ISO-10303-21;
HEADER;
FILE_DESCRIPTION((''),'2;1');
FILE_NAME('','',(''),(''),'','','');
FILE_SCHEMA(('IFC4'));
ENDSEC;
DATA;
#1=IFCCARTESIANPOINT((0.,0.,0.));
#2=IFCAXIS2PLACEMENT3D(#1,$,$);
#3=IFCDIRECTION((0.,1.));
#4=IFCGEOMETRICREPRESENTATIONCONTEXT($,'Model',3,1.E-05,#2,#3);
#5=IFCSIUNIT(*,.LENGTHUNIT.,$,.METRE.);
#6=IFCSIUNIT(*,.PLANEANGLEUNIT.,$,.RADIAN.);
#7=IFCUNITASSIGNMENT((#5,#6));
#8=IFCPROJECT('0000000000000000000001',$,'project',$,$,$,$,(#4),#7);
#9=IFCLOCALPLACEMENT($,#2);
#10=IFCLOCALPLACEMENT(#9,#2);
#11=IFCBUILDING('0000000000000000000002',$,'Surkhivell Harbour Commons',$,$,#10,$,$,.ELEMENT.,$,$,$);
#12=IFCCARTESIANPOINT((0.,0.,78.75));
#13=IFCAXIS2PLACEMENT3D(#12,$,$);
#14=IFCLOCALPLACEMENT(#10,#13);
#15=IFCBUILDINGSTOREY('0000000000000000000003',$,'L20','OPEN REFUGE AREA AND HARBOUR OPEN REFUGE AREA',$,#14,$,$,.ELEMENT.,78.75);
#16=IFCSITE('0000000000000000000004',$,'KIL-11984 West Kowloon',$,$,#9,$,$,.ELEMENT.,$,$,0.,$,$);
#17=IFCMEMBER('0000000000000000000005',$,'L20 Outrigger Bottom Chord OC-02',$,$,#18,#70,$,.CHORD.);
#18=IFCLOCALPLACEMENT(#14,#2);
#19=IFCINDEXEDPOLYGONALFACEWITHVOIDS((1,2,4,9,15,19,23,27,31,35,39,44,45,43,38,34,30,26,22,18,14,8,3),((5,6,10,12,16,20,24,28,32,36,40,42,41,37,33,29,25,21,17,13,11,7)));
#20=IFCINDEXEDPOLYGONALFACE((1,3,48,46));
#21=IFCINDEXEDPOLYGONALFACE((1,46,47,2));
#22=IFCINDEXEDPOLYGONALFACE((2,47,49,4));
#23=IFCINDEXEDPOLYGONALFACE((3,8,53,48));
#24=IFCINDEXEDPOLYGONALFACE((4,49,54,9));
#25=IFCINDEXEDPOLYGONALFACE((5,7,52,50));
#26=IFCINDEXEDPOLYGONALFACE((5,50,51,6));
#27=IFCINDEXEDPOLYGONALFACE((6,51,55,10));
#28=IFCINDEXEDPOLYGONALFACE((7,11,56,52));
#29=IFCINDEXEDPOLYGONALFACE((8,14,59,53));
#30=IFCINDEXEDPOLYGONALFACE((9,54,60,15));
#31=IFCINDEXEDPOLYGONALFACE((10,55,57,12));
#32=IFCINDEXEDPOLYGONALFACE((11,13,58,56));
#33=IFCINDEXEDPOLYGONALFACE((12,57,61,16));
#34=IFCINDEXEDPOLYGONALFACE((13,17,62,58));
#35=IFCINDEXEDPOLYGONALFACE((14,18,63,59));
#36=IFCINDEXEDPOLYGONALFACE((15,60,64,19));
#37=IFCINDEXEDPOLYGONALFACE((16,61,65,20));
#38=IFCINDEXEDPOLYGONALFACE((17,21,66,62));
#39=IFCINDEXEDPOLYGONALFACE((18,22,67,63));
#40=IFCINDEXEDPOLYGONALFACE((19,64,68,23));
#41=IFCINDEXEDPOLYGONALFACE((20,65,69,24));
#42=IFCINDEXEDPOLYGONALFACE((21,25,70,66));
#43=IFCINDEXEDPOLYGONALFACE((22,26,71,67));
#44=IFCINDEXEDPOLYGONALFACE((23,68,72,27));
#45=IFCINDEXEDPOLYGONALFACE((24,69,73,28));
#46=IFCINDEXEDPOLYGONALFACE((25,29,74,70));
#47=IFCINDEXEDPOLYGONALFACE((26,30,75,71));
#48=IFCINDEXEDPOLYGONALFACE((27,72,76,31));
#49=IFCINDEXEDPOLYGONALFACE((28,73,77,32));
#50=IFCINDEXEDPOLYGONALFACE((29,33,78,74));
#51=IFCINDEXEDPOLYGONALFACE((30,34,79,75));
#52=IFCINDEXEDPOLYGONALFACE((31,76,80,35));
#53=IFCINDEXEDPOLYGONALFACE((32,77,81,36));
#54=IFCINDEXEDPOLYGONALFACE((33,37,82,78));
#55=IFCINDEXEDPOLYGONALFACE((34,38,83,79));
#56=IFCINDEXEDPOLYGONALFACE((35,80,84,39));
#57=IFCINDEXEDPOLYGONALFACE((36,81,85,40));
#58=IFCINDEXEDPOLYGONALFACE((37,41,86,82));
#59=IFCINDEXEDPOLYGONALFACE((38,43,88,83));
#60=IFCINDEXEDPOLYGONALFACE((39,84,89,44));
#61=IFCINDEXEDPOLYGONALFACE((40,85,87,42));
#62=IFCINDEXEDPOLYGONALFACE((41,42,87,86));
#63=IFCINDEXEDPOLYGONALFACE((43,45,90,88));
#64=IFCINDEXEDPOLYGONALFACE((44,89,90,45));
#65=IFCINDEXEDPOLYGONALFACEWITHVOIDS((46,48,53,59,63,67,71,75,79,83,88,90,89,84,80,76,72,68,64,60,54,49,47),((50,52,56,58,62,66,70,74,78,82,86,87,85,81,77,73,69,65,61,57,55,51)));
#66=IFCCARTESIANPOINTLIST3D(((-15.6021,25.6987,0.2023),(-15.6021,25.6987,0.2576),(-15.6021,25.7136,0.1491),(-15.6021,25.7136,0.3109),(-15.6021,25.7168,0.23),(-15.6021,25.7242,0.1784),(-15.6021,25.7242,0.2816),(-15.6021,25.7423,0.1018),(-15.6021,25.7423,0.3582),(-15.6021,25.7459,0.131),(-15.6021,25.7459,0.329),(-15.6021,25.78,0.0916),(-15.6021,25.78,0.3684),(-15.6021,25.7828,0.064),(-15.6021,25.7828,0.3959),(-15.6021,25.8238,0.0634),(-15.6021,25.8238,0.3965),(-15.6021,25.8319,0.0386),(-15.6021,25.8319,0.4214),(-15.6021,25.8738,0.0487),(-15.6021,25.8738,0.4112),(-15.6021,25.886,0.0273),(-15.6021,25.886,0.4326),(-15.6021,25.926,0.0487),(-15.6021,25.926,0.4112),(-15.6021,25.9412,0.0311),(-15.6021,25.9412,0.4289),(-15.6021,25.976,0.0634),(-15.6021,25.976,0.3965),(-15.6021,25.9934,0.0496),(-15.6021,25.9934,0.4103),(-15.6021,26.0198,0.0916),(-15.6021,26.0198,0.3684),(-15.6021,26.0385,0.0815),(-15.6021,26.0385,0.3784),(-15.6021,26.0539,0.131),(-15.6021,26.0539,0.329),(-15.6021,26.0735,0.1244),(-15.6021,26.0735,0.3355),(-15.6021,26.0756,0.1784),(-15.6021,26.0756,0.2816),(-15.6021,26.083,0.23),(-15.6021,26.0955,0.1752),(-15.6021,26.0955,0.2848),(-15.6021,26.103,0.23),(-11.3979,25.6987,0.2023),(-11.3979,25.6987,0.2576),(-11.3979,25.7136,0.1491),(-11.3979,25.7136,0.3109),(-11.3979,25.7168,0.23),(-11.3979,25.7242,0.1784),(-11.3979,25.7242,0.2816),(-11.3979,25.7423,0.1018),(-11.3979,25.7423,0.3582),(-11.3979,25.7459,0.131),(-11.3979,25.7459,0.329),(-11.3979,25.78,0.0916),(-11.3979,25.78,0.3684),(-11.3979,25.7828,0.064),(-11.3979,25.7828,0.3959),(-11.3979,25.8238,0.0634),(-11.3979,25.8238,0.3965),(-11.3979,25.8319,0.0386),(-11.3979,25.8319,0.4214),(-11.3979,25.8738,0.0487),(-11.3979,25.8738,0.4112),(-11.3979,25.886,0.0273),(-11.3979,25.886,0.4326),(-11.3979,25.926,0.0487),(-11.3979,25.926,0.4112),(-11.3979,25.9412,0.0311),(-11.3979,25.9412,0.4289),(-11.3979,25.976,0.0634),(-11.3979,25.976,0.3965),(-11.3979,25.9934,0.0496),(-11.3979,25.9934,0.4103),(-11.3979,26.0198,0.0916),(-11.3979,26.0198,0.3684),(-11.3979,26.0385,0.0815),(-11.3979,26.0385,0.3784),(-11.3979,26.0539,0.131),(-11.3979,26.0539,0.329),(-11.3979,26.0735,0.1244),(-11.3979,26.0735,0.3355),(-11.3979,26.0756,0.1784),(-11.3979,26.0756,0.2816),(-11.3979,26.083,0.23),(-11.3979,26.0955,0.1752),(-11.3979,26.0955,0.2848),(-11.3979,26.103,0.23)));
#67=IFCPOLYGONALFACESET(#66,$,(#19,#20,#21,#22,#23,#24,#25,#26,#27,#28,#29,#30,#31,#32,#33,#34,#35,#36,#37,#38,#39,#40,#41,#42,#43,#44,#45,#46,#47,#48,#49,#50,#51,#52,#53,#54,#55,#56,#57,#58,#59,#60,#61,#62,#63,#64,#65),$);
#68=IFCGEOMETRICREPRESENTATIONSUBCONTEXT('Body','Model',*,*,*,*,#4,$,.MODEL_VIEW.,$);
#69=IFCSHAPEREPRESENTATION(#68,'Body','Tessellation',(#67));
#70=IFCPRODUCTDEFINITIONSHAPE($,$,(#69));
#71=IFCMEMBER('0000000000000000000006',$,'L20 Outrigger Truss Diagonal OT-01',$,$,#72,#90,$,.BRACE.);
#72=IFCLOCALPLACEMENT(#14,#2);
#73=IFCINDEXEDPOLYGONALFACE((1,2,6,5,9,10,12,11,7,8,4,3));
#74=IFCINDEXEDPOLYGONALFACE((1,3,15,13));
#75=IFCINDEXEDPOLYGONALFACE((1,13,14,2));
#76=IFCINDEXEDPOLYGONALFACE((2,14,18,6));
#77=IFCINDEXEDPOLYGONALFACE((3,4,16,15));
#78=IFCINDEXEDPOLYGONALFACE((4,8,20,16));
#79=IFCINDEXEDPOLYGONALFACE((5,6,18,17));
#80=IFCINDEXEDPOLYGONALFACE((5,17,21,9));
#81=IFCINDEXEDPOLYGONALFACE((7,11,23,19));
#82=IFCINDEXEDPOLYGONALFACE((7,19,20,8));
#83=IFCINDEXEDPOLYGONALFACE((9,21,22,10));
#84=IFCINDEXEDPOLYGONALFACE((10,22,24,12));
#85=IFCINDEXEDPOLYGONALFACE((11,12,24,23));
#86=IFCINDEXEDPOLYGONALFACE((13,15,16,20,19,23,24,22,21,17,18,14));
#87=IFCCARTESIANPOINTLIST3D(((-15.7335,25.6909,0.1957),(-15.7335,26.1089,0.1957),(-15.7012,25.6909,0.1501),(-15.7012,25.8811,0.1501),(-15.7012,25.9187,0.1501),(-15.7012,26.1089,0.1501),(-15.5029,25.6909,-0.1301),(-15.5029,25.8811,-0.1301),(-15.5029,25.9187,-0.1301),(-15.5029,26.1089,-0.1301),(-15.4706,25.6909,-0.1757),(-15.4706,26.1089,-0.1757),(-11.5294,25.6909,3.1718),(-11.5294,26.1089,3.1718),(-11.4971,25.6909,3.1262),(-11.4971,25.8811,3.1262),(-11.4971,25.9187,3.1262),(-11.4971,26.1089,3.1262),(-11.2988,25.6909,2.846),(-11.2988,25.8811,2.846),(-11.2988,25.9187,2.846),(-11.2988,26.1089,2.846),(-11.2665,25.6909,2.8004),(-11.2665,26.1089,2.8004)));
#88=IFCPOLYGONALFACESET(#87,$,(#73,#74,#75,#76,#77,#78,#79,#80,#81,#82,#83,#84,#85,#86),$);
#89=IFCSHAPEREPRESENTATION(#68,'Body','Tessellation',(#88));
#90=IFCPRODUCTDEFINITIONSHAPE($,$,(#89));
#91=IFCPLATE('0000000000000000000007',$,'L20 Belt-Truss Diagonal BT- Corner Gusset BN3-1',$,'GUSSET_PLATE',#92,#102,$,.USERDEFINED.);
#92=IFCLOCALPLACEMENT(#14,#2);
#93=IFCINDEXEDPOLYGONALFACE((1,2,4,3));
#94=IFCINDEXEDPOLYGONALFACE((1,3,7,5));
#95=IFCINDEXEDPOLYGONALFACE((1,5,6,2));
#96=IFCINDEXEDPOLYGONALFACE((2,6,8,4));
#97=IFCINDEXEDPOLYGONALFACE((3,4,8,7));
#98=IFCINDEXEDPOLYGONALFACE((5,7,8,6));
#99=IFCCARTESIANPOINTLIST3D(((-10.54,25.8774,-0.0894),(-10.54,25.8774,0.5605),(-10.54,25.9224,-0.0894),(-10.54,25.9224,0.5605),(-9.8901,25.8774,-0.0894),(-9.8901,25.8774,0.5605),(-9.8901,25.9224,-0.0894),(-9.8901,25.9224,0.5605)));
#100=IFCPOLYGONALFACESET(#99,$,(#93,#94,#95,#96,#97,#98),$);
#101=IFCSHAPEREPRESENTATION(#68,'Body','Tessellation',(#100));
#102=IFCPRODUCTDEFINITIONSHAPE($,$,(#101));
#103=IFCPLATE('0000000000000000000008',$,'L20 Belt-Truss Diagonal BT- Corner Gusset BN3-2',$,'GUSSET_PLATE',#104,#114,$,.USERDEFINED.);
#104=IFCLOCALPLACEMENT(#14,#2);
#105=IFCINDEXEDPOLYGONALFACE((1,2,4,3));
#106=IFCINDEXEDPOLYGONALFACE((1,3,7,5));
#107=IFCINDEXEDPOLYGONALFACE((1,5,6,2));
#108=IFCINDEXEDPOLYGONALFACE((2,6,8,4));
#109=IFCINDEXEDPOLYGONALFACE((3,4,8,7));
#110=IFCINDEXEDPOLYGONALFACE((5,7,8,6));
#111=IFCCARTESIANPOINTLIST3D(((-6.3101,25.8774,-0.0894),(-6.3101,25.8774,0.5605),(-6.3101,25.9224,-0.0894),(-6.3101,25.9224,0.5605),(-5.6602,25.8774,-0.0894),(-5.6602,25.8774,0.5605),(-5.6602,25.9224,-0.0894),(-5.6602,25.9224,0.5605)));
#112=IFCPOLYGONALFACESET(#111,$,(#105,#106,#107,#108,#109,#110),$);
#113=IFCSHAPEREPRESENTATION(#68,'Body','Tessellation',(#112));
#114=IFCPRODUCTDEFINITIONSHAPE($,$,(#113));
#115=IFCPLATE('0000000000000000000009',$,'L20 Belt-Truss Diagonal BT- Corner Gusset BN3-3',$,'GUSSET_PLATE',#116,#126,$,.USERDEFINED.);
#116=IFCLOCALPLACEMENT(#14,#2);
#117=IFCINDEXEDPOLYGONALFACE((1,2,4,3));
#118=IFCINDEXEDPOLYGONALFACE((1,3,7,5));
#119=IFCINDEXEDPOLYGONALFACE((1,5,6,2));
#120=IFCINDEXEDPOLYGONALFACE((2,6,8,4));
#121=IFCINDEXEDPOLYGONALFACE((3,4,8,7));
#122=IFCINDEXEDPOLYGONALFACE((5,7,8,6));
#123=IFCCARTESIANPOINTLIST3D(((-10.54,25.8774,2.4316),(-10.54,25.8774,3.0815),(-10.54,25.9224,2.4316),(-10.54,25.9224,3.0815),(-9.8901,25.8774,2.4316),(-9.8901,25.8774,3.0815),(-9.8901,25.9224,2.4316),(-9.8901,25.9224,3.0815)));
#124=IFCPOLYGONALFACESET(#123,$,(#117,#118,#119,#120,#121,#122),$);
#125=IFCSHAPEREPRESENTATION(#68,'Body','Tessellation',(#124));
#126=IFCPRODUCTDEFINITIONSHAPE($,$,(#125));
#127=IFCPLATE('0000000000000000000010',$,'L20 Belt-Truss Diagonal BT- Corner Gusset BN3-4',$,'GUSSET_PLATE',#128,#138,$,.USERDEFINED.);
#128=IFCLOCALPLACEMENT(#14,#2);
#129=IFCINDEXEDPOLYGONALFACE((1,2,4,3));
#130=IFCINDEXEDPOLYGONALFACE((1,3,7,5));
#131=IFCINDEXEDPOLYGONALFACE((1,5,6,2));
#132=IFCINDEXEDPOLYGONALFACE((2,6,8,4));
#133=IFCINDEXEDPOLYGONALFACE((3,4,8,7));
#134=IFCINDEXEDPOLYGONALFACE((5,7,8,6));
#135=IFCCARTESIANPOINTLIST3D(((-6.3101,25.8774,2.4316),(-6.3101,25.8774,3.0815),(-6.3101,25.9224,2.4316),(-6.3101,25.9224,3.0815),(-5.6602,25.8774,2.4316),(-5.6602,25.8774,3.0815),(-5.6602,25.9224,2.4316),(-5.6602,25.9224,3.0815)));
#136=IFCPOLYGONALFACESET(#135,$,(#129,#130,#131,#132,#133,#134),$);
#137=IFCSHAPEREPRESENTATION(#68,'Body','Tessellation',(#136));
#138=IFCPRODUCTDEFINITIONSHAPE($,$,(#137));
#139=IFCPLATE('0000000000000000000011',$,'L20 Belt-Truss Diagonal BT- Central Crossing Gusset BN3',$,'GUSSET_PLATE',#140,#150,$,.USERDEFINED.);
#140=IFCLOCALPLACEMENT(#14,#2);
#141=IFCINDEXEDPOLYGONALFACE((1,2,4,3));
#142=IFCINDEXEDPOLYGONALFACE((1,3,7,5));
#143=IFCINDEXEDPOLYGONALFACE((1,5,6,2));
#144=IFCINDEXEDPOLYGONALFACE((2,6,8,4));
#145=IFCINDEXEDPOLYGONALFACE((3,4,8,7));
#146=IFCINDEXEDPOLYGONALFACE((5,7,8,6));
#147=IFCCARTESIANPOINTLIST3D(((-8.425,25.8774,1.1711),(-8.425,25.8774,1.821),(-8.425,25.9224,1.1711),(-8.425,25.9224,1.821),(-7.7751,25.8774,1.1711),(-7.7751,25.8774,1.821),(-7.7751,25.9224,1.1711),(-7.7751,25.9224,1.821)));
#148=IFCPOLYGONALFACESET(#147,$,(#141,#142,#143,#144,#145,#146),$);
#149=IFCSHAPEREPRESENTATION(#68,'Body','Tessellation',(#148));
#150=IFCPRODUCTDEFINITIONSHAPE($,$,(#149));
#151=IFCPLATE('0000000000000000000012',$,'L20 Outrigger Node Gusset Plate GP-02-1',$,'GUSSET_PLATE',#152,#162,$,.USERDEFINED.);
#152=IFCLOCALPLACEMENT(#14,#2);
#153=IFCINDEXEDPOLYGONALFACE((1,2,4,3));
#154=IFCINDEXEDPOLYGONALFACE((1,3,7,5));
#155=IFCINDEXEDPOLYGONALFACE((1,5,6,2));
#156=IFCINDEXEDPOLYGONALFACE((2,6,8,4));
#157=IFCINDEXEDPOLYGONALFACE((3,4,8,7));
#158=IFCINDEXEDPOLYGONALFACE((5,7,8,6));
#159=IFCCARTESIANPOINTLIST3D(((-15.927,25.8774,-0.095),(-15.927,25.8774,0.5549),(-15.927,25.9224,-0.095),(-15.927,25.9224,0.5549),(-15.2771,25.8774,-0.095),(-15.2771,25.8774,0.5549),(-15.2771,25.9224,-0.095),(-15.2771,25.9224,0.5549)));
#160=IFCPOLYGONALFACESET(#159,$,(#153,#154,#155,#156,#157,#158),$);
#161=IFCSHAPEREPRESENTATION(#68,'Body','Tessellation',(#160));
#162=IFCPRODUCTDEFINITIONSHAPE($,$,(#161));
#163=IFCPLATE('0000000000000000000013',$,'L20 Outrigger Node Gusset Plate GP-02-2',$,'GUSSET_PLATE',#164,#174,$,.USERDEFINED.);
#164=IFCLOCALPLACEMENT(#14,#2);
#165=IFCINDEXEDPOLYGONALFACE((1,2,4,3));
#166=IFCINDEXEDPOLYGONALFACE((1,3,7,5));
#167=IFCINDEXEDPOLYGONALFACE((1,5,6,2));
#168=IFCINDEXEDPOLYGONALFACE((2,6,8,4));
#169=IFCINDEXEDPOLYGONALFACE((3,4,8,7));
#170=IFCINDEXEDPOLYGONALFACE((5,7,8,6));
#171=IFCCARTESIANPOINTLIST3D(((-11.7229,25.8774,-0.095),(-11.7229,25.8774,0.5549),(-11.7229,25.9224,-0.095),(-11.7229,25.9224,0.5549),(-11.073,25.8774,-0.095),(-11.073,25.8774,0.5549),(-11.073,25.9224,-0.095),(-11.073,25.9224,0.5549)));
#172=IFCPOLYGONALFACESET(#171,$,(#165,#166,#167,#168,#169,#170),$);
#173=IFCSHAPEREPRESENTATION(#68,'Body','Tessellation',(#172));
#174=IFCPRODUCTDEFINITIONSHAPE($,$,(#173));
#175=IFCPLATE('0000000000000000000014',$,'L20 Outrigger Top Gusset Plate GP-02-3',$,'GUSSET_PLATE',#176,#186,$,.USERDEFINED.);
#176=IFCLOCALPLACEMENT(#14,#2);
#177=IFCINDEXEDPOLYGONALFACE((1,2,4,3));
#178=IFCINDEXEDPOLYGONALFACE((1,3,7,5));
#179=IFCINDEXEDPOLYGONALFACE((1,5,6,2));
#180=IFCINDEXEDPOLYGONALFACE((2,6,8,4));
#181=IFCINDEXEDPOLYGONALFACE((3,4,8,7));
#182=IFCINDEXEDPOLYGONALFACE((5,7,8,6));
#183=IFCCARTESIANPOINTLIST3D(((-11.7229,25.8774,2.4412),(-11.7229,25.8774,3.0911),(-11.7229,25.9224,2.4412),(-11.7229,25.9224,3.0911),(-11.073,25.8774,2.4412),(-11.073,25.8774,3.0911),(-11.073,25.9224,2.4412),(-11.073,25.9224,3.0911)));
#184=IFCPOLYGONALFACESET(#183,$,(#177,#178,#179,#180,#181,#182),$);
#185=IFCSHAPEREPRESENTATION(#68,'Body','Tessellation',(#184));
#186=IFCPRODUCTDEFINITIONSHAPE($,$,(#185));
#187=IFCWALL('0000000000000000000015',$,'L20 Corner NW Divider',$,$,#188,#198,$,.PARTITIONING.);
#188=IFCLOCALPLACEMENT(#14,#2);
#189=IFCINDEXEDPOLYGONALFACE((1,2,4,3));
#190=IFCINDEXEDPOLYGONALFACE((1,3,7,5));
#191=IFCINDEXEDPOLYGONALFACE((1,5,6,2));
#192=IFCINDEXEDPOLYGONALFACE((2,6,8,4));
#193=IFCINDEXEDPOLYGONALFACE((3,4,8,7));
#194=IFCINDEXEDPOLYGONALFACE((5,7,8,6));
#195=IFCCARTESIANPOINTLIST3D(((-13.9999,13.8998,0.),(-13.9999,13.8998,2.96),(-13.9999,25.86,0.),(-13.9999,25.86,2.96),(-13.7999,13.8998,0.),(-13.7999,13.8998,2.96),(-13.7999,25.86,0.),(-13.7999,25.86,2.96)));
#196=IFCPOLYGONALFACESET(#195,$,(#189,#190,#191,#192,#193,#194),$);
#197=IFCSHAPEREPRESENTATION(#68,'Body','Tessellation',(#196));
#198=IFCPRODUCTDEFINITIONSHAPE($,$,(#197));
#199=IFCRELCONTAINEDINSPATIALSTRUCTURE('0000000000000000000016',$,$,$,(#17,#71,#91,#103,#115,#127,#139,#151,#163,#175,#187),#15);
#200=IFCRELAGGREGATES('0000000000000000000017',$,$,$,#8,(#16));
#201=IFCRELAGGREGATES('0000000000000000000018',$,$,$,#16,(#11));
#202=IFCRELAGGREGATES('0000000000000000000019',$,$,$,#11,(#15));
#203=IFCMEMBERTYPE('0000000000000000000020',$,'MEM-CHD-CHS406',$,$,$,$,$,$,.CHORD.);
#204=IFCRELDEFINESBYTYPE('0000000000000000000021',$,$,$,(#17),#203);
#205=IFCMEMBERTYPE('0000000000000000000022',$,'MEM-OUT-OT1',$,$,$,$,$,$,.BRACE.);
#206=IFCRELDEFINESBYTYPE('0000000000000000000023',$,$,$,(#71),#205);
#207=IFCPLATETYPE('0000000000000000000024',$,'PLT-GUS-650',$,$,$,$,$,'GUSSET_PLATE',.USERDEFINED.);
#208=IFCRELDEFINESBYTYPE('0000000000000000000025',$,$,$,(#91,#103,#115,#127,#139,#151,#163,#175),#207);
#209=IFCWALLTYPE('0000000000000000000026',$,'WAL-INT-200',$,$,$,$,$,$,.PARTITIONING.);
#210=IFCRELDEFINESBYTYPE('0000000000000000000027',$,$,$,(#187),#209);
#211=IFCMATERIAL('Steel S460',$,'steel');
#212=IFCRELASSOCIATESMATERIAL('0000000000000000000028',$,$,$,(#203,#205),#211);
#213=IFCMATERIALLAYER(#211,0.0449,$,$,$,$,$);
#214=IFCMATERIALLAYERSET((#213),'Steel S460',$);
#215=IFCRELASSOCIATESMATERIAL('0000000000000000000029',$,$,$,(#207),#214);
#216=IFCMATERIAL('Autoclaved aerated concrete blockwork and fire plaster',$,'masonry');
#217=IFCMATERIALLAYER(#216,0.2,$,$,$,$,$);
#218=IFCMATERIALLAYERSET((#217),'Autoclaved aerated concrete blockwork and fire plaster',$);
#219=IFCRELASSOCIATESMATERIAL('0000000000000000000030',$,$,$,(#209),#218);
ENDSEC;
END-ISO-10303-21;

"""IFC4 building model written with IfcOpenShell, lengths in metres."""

from ifc_helpers import new_model, si_unit, direction, frame, frame_2d, origin, origin_2d, place, context, subcontext, project, spatial, rectangle, hollow_circle, i_section, extrude, material, layer, layer_set, material_profile, profile_set, type_object, element, save


model = new_model("IFC4")

# Units and contexts
model_context = context("Model", 3, precision=1e-05, world=origin(), true_north=direction((0.0, 1.0)))
body_context = subcontext(model_context, "Body", "Model", "MODEL_VIEW")
ifc_project = project(units=[si_unit("LENGTHUNIT", "METRE"), si_unit("PLANEANGLEUNIT", "RADIAN")], contexts=[model_context])

# Site, building, storey
site_placement = place(None, origin())
site = spatial("IfcSite", under=ifc_project, at=site_placement, Name="KIL-11984 West Kowloon", CompositionType="ELEMENT", RefElevation=0.0)
building_placement = place(site_placement, origin())
building = spatial("IfcBuilding", under=site, at=building_placement, Name="Surkhivell Harbour Commons", CompositionType="ELEMENT")
storey_placement = place(building_placement, frame((0.0, 0.0, 78.75)))
storey = spatial("IfcBuildingStorey", under=building, at=storey_placement, Name="L20", Description="OPEN REFUGE AREA AND HARBOUR OPEN REFUGE AREA", CompositionType="ELEMENT", Elevation=78.75)

# Shared definitions
ifc_material_1 = material(Name="Steel S460", Category="steel")

# Members
ifc_material_profile_1 = material_profile(ifc_material_1, hollow_circle(Radius=0.2031, WallThickness=0.02, at=origin_2d()), Name="CHS406x20")
ifc_profile_set_1 = profile_set([ifc_material_profile_1], Name="Steel S460")
member_type_1 = type_object("IfcMemberType", Name="MEM-CHD-CHS406", PredefinedType="CHORD", material=ifc_profile_set_1)
member_1_placement = place(storey_placement, frame((-15.6021, 25.8999, 0.23), z_axis=(1.0, 0.0, 0.0), x_axis=(0.0, 1.0, 0.0)))
element("IfcMember", 1, at=member_1_placement, inside=storey, type_object=member_type_1, Name="L20 Outrigger Bottom Chord OC-02", PredefinedType="CHORD", context=body_context, shape_type="SweptSolid", body=[
    extrude(hollow_circle(Radius=0.2031, WallThickness=0.02, at=origin_2d()), origin(), (0.0, 0.0, 1.0), 4.2041),
])
ifc_material_profile_2 = material_profile(ifc_material_1, i_section(OverallWidth=0.418, OverallDepth=0.4551, WebThickness=0.0376, FlangeThickness=0.0559, at=origin_2d()), Name="HD400x551")
ifc_profile_set_2 = profile_set([ifc_material_profile_2], Name="Steel S460")
member_type_2 = type_object("IfcMemberType", Name="MEM-OUT-OT1", PredefinedType="BRACE", material=ifc_profile_set_2)
member_2_placement = place(storey_placement, frame((-15.6021, 25.8999, 0.01), z_axis=(0.816192, 0.0, 0.577781), x_axis=(0.0, 1.0, 0.0)))
element("IfcMember", 2, at=member_2_placement, inside=storey, type_object=member_type_2, Name="L20 Outrigger Truss Diagonal OT-01", PredefinedType="BRACE", context=body_context, shape_type="SweptSolid", body=[
    extrude(i_section(OverallWidth=0.418, OverallDepth=0.4551, WebThickness=0.0376, FlangeThickness=0.0559, at=origin_2d()), origin(), (0.0, 0.0, 1.0), 5.1509),
])

# Plates
ifc_layer_1 = layer(ifc_material_1, 0.0449)
ifc_layer_set_1 = layer_set([ifc_layer_1], Name="Steel S460")
plate_type = type_object("IfcPlateType", Name="PLT-GUS-650", ElementType="GUSSET_PLATE", PredefinedType="USERDEFINED", material=ifc_layer_set_1)
for number, where, z_axis, x_axis, name in (
    (3, (-10.2151, 25.8999, -0.0894), (0.0, 0.0, 1.0), (1.0, 0.0, 0.0), "L20 Belt-Truss Diagonal BT- Corner Gusset BN3-1"),
    (4, (-5.9851, 25.8999, -0.0894), (0.0, 0.0, 1.0), (1.0, 0.0, 0.0), "L20 Belt-Truss Diagonal BT- Corner Gusset BN3-2"),
    (5, (-10.2151, 25.8999, 2.4316), (0.0, 0.0, 1.0), (1.0, 0.0, 0.0), "L20 Belt-Truss Diagonal BT- Corner Gusset BN3-3"),
    (6, (-5.9851, 25.8999, 2.4316), (0.0, 0.0, 1.0), (1.0, 0.0, 0.0), "L20 Belt-Truss Diagonal BT- Corner Gusset BN3-4"),
    (7, (-8.1001, 25.8999, 1.1711), (0.0, 0.0, 1.0), (1.0, 0.0, 0.0), "L20 Belt-Truss Diagonal BT- Central Crossing Gusset BN3"),
    (8, (-15.6021, 25.8999, -0.095), (0.0, 0.0, 1.0), (1.0, 0.0, 0.0), "L20 Outrigger Node Gusset Plate GP-02-1"),
    (9, (-11.3979, 25.8999, -0.095), (0.0, 0.0, 1.0), (1.0, 0.0, 0.0), "L20 Outrigger Node Gusset Plate GP-02-2"),
    (10, (-11.3979, 25.8999, 2.4412), (0.0, 0.0, 1.0), (1.0, 0.0, 0.0), "L20 Outrigger Top Gusset Plate GP-02-3"),
):
    element("IfcPlate", number, at=place(storey_placement, frame(where, z_axis=z_axis, x_axis=x_axis)), inside=storey, type_object=plate_type, Name=name, ObjectType="GUSSET_PLATE", PredefinedType="USERDEFINED", context=body_context, shape_type="SweptSolid", body=[
        extrude(rectangle(XDim=0.6499, YDim=0.0449, at=origin_2d()), origin(), (0.0, 0.0, 1.0), 0.6499),
    ])

# Wall
ifc_material_2 = material(Name="Autoclaved aerated concrete blockwork and fire plaster", Category="masonry")
ifc_layer_2 = layer(ifc_material_2, 0.2)
ifc_layer_set_2 = layer_set([ifc_layer_2], Name="Autoclaved aerated concrete blockwork and fire plaster")
wall_type = type_object("IfcWallType", Name="WAL-INT-200", PredefinedType="PARTITIONING", material=ifc_layer_set_2)
wall_placement = place(storey_placement, frame((-13.8999, 13.8999, 0.0), z_axis=(0.0, 0.0, 1.0), x_axis=(0.0, 1.0, 0.0)))
element("IfcWall", 11, at=wall_placement, inside=storey, type_object=wall_type, Name="L20 Corner NW Divider", PredefinedType="PARTITIONING", context=body_context, shape_type="SweptSolid", body=[
    extrude(rectangle(XDim=11.9602, YDim=0.2, at=frame_2d((5.98, 0.0))), origin(), (0.0, 0.0, 1.0), 2.96),
])

save(model, "model.ifc")
